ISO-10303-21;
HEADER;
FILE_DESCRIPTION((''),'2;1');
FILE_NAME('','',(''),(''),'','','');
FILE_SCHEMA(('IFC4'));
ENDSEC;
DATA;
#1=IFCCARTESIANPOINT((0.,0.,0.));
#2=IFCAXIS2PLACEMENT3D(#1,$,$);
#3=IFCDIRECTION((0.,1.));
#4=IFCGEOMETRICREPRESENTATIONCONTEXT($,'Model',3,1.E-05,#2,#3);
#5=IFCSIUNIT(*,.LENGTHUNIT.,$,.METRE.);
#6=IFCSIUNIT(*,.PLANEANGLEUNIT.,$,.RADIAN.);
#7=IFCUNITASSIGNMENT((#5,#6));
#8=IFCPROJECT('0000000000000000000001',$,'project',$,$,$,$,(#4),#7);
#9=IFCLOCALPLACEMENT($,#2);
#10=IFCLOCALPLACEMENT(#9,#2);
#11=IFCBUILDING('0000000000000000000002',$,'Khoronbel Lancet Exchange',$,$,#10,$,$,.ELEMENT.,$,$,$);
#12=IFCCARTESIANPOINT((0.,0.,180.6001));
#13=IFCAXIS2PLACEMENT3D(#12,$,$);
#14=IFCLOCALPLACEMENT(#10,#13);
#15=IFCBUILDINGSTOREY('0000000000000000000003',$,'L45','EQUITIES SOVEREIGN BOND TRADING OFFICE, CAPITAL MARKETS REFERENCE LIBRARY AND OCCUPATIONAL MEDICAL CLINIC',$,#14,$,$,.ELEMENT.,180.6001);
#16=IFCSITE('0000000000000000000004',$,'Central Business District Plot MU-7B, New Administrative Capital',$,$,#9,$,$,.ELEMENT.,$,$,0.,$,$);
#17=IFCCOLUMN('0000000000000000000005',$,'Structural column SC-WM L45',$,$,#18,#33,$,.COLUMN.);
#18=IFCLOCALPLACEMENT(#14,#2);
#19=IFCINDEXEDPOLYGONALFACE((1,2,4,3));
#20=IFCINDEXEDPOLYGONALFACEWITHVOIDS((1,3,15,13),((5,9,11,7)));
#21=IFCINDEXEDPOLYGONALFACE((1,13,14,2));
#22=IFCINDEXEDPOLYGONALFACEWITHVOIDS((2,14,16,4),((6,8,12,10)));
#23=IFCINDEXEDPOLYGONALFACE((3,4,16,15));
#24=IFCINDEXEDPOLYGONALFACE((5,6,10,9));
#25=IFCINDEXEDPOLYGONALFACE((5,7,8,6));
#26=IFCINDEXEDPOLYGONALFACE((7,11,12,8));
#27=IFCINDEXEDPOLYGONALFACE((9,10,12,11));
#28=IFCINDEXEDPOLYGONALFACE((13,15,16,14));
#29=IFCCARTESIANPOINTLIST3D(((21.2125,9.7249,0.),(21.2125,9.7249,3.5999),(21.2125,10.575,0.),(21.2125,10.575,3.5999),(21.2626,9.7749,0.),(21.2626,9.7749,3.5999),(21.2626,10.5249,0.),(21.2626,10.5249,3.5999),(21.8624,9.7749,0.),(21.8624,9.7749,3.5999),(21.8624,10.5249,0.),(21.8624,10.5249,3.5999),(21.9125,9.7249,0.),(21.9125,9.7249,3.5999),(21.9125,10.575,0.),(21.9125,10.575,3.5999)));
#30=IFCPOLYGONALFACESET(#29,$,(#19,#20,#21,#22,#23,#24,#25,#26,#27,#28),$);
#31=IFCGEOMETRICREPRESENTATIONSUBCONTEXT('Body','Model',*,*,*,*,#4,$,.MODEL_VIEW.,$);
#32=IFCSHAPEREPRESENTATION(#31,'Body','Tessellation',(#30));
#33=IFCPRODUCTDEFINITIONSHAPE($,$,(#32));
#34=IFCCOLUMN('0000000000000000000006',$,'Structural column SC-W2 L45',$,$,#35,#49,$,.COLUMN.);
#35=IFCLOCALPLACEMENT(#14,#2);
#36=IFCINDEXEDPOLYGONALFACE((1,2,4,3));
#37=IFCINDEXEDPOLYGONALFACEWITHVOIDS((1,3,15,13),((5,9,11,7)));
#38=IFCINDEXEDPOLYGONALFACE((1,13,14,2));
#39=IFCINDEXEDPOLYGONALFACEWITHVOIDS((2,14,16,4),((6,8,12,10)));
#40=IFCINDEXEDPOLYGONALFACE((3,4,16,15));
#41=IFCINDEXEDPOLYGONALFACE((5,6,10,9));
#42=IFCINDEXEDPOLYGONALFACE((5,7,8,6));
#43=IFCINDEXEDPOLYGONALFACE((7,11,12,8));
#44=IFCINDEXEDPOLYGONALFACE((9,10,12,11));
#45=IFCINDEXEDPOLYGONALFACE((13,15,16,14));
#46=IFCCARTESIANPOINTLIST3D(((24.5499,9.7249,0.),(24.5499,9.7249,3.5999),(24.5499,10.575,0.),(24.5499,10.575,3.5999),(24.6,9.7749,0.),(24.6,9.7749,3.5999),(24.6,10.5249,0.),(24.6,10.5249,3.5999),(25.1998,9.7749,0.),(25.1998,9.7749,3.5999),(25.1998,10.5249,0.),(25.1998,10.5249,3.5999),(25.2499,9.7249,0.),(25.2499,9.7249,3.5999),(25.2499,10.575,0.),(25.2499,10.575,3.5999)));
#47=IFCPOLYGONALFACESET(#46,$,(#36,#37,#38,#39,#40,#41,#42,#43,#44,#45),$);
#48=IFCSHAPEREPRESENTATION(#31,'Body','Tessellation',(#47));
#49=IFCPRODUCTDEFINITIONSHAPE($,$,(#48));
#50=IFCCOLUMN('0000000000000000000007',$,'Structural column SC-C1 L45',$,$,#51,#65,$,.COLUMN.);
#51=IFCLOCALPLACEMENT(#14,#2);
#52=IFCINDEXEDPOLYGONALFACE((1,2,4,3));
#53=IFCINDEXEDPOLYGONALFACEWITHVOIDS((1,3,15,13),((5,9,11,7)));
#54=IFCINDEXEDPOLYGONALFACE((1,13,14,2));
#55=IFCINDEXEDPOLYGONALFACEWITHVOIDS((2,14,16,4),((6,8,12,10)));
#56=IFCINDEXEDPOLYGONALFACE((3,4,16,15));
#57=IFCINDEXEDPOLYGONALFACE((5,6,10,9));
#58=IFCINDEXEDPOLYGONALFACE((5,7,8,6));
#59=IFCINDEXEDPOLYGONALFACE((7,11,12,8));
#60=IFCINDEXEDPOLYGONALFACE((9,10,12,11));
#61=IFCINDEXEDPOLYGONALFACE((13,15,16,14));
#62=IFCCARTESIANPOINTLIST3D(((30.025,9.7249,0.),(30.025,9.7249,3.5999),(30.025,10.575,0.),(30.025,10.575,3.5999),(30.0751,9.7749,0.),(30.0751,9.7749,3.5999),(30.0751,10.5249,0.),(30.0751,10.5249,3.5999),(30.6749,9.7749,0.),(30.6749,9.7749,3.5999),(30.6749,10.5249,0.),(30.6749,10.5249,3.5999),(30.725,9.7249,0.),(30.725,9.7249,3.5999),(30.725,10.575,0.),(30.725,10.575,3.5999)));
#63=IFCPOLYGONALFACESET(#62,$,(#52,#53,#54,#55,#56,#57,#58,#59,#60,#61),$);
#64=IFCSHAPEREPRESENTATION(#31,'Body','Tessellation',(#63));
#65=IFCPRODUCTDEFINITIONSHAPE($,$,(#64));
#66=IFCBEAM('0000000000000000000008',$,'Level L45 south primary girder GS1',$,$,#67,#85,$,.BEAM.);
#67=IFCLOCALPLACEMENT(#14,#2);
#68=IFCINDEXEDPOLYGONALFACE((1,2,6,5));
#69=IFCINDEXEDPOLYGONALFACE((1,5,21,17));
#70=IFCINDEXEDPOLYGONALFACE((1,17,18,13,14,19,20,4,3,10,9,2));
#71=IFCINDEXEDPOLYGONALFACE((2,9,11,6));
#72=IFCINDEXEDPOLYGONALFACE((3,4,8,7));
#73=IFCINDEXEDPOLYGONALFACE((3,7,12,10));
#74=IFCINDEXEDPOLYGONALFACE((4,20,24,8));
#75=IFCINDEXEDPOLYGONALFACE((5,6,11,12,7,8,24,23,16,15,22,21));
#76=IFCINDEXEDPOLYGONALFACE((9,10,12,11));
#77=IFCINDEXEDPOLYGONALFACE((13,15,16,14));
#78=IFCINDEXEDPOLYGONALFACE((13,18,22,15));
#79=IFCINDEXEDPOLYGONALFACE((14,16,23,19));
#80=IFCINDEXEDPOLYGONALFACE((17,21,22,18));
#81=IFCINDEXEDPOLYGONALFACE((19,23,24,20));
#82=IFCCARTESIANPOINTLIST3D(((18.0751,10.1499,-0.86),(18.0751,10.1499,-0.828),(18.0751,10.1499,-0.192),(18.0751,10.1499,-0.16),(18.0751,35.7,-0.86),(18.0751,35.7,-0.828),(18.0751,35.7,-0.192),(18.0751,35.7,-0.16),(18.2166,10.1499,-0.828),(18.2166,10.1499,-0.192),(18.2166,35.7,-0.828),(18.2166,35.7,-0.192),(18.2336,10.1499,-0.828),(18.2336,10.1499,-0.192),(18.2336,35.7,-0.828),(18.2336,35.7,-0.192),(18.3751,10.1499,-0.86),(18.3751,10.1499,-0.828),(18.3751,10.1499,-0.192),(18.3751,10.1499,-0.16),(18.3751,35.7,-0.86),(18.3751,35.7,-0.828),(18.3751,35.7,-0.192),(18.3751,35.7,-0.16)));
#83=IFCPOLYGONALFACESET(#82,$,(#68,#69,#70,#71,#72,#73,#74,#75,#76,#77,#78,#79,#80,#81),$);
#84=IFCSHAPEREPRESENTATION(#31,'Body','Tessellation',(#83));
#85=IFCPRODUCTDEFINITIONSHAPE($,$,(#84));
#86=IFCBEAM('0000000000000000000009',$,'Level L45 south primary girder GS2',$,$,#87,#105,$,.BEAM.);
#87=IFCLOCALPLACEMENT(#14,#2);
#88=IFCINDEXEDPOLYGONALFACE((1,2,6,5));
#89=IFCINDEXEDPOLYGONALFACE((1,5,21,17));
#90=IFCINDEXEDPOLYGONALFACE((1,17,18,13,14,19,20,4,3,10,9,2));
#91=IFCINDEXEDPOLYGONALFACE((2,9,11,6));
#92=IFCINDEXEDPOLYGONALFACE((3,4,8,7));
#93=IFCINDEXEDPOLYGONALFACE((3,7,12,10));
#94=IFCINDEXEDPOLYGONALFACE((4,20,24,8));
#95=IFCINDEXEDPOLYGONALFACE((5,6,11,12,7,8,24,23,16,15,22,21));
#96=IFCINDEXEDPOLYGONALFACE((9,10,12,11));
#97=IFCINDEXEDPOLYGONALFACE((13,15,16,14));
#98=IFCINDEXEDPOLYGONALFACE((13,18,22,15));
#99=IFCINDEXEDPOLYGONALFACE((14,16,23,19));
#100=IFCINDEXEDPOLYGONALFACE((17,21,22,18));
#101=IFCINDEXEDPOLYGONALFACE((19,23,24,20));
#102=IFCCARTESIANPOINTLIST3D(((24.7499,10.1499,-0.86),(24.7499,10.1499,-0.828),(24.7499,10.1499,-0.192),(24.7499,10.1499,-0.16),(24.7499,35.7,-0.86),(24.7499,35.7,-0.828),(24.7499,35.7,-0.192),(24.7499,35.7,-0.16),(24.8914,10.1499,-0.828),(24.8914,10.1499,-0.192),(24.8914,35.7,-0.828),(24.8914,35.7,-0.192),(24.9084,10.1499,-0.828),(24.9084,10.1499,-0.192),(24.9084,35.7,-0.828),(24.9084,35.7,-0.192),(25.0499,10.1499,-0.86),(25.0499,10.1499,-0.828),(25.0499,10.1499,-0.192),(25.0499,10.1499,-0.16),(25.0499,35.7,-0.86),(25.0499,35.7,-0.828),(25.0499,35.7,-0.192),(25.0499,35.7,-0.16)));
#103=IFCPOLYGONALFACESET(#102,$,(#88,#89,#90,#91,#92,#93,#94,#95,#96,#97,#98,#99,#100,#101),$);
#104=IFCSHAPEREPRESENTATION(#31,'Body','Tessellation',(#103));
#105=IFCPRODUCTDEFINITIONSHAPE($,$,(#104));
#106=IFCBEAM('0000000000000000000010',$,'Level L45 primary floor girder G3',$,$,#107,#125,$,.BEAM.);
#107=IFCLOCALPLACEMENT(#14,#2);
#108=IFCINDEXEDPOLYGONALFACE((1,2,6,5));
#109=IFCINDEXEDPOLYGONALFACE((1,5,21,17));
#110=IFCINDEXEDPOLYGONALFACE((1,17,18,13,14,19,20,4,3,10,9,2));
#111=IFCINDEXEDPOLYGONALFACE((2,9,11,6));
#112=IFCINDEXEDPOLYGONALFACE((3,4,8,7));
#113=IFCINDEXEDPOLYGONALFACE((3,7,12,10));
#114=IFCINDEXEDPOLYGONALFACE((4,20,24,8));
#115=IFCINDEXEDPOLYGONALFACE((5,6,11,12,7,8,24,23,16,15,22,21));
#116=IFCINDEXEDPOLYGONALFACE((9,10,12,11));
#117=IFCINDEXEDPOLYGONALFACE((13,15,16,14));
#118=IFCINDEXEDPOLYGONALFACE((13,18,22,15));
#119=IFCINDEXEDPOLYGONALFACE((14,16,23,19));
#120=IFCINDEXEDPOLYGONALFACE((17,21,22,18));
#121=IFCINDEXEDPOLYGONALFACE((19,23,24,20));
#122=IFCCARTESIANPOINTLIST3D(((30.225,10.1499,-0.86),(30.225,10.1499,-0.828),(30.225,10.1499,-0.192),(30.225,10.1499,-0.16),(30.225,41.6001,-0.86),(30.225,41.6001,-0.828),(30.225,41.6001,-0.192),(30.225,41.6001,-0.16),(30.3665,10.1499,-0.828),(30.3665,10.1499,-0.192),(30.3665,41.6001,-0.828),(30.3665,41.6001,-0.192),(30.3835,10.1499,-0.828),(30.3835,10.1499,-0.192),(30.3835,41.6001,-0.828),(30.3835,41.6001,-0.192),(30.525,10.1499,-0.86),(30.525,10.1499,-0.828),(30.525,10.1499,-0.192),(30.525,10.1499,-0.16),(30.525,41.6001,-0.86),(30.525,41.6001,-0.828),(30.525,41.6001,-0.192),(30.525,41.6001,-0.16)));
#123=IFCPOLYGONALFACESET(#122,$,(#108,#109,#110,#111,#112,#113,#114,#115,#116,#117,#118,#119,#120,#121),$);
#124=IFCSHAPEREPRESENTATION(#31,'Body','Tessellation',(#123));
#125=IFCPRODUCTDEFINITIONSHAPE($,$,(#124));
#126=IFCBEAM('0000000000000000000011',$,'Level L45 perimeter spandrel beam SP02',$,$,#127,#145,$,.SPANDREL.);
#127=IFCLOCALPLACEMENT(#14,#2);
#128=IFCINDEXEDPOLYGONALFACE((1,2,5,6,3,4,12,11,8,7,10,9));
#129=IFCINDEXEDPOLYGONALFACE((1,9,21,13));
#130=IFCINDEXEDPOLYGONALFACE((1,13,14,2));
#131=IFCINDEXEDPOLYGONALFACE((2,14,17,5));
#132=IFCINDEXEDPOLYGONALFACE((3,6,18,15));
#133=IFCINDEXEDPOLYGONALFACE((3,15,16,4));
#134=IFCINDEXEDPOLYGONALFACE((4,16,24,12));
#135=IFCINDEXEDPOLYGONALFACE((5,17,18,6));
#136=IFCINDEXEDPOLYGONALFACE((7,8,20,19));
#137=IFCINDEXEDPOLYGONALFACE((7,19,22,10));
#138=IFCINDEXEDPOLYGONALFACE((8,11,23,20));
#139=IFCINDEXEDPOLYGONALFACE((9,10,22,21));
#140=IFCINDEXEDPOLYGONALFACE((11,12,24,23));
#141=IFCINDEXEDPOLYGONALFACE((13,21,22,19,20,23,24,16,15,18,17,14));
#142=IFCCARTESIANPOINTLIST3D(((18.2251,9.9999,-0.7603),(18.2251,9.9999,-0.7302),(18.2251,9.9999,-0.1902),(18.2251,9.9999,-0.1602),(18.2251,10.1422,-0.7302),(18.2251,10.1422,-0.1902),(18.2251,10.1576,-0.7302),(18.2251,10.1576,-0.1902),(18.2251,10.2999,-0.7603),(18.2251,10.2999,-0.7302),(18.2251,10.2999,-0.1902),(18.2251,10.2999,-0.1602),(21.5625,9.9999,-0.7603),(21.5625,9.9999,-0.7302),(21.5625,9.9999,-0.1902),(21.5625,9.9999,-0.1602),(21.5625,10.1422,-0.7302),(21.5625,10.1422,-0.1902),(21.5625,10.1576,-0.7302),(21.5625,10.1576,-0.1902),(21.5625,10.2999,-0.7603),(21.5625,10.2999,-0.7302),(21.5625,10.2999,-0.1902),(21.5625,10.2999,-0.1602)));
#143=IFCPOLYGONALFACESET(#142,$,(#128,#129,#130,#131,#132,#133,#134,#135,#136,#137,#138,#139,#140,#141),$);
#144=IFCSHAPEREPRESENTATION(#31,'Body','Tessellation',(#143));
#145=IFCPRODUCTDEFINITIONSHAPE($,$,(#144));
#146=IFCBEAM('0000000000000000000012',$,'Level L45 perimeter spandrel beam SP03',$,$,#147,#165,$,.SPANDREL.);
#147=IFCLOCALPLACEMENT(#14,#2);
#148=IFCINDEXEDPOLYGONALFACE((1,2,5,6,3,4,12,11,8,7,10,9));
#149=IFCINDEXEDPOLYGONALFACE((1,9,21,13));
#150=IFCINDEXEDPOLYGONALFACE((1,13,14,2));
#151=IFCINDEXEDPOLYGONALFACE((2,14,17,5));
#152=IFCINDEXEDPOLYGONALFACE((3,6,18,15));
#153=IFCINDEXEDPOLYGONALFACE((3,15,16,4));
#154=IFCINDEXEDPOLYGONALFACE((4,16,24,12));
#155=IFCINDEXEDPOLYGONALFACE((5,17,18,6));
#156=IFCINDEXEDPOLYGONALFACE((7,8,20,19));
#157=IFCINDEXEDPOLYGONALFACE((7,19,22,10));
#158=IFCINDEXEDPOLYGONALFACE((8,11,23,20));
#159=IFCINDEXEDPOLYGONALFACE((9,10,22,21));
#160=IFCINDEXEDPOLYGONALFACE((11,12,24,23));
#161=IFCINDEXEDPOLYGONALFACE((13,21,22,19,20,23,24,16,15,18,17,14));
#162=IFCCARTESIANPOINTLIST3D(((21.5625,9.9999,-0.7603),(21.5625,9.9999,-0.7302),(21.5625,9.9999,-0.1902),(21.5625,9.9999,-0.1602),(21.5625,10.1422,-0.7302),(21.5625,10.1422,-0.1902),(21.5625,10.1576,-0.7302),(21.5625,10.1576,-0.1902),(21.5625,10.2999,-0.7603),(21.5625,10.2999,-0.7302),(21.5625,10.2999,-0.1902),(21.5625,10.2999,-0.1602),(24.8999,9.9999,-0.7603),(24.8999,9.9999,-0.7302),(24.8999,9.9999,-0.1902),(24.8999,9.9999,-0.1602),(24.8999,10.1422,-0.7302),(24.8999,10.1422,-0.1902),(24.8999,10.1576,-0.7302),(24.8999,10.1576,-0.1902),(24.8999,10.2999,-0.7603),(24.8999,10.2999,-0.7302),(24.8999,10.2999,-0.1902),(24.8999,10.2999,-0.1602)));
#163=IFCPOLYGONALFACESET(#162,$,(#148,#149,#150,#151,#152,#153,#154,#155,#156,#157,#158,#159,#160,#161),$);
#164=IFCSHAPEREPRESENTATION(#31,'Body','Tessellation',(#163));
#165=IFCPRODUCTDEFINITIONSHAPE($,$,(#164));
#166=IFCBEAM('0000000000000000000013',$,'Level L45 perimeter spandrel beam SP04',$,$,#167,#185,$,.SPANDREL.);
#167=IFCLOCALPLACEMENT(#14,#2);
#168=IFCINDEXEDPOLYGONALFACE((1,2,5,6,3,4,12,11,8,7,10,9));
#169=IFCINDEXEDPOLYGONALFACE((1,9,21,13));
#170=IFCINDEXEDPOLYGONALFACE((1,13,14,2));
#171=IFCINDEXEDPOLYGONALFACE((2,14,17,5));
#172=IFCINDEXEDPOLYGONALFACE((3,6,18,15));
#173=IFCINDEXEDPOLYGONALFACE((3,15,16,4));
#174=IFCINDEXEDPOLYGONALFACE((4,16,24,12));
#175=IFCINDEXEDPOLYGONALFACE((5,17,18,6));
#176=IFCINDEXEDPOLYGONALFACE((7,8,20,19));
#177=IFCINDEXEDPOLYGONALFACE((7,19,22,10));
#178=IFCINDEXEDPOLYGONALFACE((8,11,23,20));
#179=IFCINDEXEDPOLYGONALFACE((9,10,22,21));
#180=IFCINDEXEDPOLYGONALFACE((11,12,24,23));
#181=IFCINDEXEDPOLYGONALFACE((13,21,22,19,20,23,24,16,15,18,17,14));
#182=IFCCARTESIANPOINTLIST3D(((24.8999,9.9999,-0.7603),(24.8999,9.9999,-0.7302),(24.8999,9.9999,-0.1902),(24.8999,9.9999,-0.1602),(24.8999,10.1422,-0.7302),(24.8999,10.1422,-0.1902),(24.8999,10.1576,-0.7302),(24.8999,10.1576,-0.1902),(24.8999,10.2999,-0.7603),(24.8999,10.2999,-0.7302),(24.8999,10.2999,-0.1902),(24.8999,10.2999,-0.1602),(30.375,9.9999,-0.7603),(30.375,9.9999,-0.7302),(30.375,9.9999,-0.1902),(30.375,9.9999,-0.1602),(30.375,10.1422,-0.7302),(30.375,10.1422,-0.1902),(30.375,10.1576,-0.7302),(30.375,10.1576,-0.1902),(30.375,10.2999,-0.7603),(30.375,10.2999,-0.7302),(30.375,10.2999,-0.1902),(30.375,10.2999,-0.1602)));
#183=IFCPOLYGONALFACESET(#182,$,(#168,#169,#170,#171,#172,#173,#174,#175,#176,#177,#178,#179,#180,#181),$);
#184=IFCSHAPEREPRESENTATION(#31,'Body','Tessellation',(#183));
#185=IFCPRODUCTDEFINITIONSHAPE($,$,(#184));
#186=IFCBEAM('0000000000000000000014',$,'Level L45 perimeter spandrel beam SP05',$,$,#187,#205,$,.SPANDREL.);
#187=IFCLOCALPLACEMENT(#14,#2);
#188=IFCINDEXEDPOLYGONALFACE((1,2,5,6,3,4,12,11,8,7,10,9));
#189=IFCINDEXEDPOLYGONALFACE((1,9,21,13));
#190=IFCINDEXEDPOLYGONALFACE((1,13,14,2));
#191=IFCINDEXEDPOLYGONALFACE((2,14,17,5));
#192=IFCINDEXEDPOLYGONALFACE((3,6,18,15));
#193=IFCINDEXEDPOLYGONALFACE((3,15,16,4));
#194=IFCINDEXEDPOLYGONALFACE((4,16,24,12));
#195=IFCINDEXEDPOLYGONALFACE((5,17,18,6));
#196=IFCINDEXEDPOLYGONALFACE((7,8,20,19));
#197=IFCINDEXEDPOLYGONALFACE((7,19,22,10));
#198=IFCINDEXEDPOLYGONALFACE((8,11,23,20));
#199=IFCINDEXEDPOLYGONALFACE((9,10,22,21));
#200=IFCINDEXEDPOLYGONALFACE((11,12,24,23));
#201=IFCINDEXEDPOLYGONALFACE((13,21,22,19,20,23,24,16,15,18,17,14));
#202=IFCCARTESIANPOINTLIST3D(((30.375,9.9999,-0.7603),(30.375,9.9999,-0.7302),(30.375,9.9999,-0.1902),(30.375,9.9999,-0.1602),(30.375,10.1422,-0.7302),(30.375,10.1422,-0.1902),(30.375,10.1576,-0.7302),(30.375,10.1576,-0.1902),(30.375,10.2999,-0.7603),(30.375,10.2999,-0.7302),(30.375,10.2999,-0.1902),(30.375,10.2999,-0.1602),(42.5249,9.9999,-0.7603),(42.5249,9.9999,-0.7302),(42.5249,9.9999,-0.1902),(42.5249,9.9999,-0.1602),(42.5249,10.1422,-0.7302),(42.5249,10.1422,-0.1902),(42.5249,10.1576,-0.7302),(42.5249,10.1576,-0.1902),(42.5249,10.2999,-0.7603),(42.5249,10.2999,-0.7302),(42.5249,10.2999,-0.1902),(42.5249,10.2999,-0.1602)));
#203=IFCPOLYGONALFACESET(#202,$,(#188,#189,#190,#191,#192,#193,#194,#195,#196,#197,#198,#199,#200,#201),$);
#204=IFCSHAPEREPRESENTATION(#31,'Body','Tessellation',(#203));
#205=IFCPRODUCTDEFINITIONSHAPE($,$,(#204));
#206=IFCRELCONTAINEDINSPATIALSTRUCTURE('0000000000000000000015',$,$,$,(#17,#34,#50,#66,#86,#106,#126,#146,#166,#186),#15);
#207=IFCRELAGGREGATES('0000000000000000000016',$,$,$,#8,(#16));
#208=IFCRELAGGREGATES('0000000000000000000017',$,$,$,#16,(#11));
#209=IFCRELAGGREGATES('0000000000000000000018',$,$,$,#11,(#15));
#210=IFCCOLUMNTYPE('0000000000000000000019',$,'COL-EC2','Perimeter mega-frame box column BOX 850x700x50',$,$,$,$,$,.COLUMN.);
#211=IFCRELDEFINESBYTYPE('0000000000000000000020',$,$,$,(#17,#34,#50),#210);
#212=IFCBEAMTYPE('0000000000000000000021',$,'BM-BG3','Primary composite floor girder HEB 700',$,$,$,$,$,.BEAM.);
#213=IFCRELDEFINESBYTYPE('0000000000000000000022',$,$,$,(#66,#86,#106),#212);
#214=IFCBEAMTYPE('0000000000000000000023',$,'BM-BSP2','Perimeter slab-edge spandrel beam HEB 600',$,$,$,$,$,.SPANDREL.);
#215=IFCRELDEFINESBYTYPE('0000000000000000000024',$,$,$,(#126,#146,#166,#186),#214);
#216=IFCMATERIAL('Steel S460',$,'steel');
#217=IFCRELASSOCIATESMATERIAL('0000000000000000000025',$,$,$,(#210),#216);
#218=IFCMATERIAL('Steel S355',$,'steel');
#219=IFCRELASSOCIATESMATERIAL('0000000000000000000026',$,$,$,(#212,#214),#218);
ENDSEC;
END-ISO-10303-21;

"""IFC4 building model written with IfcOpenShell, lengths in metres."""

from ifc_helpers import new_model, si_unit, direction, frame, origin, origin_2d, place, context, subcontext, project, spatial, hollow_rectangle, i_section, extrude, material, material_profile, profile_set, type_object, element, save


model = new_model("IFC4")

# Units and contexts
model_context = context("Model", 3, precision=1e-05, world=origin(), true_north=direction((0.0, 1.0)))
body_context = subcontext(model_context, "Body", "Model", "MODEL_VIEW")
ifc_project = project(units=[si_unit("LENGTHUNIT", "METRE"), si_unit("PLANEANGLEUNIT", "RADIAN")], contexts=[model_context])

# Site, building, storey
site_placement = place(None, origin())
site = spatial("IfcSite", under=ifc_project, at=site_placement, Name="Central Business District Plot MU-7B, New Administrative Capital", CompositionType="ELEMENT", RefElevation=0.0)
building_placement = place(site_placement, origin())
building = spatial("IfcBuilding", under=site, at=building_placement, Name="Khoronbel Lancet Exchange", CompositionType="ELEMENT")
storey_placement = place(building_placement, frame((0.0, 0.0, 180.6001)))
storey = spatial("IfcBuildingStorey", under=building, at=storey_placement, Name="L45", Description="EQUITIES SOVEREIGN BOND TRADING OFFICE, CAPITAL MARKETS REFERENCE LIBRARY AND OCCUPATIONAL MEDICAL CLINIC", CompositionType="ELEMENT", Elevation=180.6001)

# Columns
ifc_material_1 = material(Name="Steel S460", Category="steel")
ifc_material_profile_1 = material_profile(ifc_material_1, hollow_rectangle(XDim=0.7, YDim=0.8501, WallThickness=0.05, at=origin_2d()), Name="BOX 850x700x50")
ifc_profile_set_1 = profile_set([ifc_material_profile_1], Name="Steel S460")
column_type = type_object("IfcColumnType", Name="COL-EC2", Description="Perimeter mega-frame box column BOX 850x700x50", PredefinedType="COLUMN", material=ifc_profile_set_1)
for number, where, z_axis, x_axis, name in (
    (1, (21.5625, 10.1499, 0.0), (0.0, 0.0, 1.0), (1.0, 0.0, 0.0), "Structural column SC-WM L45"),
    (2, (24.8999, 10.1499, 0.0), (0.0, 0.0, 1.0), (1.0, 0.0, 0.0), "Structural column SC-W2 L45"),
    (3, (30.375, 10.1499, 0.0), (0.0, 0.0, 1.0), (1.0, 0.0, 0.0), "Structural column SC-C1 L45"),
):
    element("IfcColumn", number, at=place(storey_placement, frame(where, z_axis=z_axis, x_axis=x_axis)), inside=storey, type_object=column_type, Name=name, PredefinedType="COLUMN", context=body_context, shape_type="SweptSolid", body=[
        extrude(hollow_rectangle(XDim=0.7, YDim=0.8501, WallThickness=0.05, at=origin_2d()), origin(), (0.0, 0.0, 1.0), 3.5999),
    ])

# Beams
ifc_material_2 = material(Name="Steel S355", Category="steel")
ifc_material_profile_2 = material_profile(ifc_material_2, i_section(OverallWidth=0.3, OverallDepth=0.7, WebThickness=0.0171, FlangeThickness=0.032, at=origin_2d()), Name="HEB 700")
ifc_profile_set_2 = profile_set([ifc_material_profile_2], Name="Steel S355")
beam_type_1 = type_object("IfcBeamType", Name="BM-BG3", Description="Primary composite floor girder HEB 700", PredefinedType="BEAM", material=ifc_profile_set_2)
for number, where, z_axis, x_axis, name in (
    (4, (18.2251, 10.1499, -0.51), (0.0, 1.0, 0.0), (-1.0, 0.0, 0.0), "Level L45 south primary girder GS1"),
    (5, (24.8999, 10.1499, -0.51), (0.0, 1.0, 0.0), (-1.0, 0.0, 0.0), "Level L45 south primary girder GS2"),
):
    element("IfcBeam", number, at=place(storey_placement, frame(where, z_axis=z_axis, x_axis=x_axis)), inside=storey, type_object=beam_type_1, Name=name, PredefinedType="BEAM", context=body_context, shape_type="SweptSolid", body=[
        extrude(i_section(OverallWidth=0.3, OverallDepth=0.7, WebThickness=0.0171, FlangeThickness=0.032, at=origin_2d()), origin(), (0.0, 0.0, 1.0), 25.55),
    ])
beam_1_placement = place(storey_placement, frame((30.375, 10.1499, -0.51), z_axis=(0.0, 1.0, 0.0), x_axis=(-1.0, 0.0, 0.0)))
element("IfcBeam", 6, at=beam_1_placement, inside=storey, type_object=beam_type_1, Name="Level L45 primary floor girder G3", PredefinedType="BEAM", context=body_context, shape_type="SweptSolid", body=[
    extrude(i_section(OverallWidth=0.3, OverallDepth=0.7, WebThickness=0.0171, FlangeThickness=0.032, at=origin_2d()), origin(), (0.0, 0.0, 1.0), 31.4502),
])
ifc_material_profile_3 = material_profile(ifc_material_2, i_section(OverallWidth=0.3, OverallDepth=0.6001, WebThickness=0.0154, FlangeThickness=0.03, at=origin_2d()), Name="HEB 600")
ifc_profile_set_3 = profile_set([ifc_material_profile_3], Name="Steel S355")
beam_type_2 = type_object("IfcBeamType", Name="BM-BSP2", Description="Perimeter slab-edge spandrel beam HEB 600", PredefinedType="SPANDREL", material=ifc_profile_set_3)
for number, where, z_axis, x_axis, name in (
    (7, (18.2251, 10.1499, -0.4602), (1.0, 0.0, 0.0), (0.0, 1.0, 0.0), "Level L45 perimeter spandrel beam SP02"),
    (8, (21.5625, 10.1499, -0.4602), (1.0, 0.0, 0.0), (0.0, 1.0, 0.0), "Level L45 perimeter spandrel beam SP03"),
):
    element("IfcBeam", number, at=place(storey_placement, frame(where, z_axis=z_axis, x_axis=x_axis)), inside=storey, type_object=beam_type_2, Name=name, PredefinedType="SPANDREL", context=body_context, shape_type="SweptSolid", body=[
        extrude(i_section(OverallWidth=0.3, OverallDepth=0.6001, WebThickness=0.0154, FlangeThickness=0.03, at=origin_2d()), origin(), (0.0, 0.0, 1.0), 3.3374),
    ])
beam_2_placement = place(storey_placement, frame((24.8999, 10.1499, -0.4602), z_axis=(1.0, 0.0, 0.0), x_axis=(0.0, 1.0, 0.0)))
element("IfcBeam", 9, at=beam_2_placement, inside=storey, type_object=beam_type_2, Name="Level L45 perimeter spandrel beam SP04", PredefinedType="SPANDREL", context=body_context, shape_type="SweptSolid", body=[
    extrude(i_section(OverallWidth=0.3, OverallDepth=0.6001, WebThickness=0.0154, FlangeThickness=0.03, at=origin_2d()), origin(), (0.0, 0.0, 1.0), 5.4751),
])
beam_3_placement = place(storey_placement, frame((30.375, 10.1499, -0.4602), z_axis=(1.0, 0.0, 0.0), x_axis=(0.0, 1.0, 0.0)))
element("IfcBeam", 10, at=beam_3_placement, inside=storey, type_object=beam_type_2, Name="Level L45 perimeter spandrel beam SP05", PredefinedType="SPANDREL", context=body_context, shape_type="SweptSolid", body=[
    extrude(i_section(OverallWidth=0.3, OverallDepth=0.6001, WebThickness=0.0154, FlangeThickness=0.03, at=origin_2d()), origin(), (0.0, 0.0, 1.0), 12.1499),
])

save(model, "model.ifc")
